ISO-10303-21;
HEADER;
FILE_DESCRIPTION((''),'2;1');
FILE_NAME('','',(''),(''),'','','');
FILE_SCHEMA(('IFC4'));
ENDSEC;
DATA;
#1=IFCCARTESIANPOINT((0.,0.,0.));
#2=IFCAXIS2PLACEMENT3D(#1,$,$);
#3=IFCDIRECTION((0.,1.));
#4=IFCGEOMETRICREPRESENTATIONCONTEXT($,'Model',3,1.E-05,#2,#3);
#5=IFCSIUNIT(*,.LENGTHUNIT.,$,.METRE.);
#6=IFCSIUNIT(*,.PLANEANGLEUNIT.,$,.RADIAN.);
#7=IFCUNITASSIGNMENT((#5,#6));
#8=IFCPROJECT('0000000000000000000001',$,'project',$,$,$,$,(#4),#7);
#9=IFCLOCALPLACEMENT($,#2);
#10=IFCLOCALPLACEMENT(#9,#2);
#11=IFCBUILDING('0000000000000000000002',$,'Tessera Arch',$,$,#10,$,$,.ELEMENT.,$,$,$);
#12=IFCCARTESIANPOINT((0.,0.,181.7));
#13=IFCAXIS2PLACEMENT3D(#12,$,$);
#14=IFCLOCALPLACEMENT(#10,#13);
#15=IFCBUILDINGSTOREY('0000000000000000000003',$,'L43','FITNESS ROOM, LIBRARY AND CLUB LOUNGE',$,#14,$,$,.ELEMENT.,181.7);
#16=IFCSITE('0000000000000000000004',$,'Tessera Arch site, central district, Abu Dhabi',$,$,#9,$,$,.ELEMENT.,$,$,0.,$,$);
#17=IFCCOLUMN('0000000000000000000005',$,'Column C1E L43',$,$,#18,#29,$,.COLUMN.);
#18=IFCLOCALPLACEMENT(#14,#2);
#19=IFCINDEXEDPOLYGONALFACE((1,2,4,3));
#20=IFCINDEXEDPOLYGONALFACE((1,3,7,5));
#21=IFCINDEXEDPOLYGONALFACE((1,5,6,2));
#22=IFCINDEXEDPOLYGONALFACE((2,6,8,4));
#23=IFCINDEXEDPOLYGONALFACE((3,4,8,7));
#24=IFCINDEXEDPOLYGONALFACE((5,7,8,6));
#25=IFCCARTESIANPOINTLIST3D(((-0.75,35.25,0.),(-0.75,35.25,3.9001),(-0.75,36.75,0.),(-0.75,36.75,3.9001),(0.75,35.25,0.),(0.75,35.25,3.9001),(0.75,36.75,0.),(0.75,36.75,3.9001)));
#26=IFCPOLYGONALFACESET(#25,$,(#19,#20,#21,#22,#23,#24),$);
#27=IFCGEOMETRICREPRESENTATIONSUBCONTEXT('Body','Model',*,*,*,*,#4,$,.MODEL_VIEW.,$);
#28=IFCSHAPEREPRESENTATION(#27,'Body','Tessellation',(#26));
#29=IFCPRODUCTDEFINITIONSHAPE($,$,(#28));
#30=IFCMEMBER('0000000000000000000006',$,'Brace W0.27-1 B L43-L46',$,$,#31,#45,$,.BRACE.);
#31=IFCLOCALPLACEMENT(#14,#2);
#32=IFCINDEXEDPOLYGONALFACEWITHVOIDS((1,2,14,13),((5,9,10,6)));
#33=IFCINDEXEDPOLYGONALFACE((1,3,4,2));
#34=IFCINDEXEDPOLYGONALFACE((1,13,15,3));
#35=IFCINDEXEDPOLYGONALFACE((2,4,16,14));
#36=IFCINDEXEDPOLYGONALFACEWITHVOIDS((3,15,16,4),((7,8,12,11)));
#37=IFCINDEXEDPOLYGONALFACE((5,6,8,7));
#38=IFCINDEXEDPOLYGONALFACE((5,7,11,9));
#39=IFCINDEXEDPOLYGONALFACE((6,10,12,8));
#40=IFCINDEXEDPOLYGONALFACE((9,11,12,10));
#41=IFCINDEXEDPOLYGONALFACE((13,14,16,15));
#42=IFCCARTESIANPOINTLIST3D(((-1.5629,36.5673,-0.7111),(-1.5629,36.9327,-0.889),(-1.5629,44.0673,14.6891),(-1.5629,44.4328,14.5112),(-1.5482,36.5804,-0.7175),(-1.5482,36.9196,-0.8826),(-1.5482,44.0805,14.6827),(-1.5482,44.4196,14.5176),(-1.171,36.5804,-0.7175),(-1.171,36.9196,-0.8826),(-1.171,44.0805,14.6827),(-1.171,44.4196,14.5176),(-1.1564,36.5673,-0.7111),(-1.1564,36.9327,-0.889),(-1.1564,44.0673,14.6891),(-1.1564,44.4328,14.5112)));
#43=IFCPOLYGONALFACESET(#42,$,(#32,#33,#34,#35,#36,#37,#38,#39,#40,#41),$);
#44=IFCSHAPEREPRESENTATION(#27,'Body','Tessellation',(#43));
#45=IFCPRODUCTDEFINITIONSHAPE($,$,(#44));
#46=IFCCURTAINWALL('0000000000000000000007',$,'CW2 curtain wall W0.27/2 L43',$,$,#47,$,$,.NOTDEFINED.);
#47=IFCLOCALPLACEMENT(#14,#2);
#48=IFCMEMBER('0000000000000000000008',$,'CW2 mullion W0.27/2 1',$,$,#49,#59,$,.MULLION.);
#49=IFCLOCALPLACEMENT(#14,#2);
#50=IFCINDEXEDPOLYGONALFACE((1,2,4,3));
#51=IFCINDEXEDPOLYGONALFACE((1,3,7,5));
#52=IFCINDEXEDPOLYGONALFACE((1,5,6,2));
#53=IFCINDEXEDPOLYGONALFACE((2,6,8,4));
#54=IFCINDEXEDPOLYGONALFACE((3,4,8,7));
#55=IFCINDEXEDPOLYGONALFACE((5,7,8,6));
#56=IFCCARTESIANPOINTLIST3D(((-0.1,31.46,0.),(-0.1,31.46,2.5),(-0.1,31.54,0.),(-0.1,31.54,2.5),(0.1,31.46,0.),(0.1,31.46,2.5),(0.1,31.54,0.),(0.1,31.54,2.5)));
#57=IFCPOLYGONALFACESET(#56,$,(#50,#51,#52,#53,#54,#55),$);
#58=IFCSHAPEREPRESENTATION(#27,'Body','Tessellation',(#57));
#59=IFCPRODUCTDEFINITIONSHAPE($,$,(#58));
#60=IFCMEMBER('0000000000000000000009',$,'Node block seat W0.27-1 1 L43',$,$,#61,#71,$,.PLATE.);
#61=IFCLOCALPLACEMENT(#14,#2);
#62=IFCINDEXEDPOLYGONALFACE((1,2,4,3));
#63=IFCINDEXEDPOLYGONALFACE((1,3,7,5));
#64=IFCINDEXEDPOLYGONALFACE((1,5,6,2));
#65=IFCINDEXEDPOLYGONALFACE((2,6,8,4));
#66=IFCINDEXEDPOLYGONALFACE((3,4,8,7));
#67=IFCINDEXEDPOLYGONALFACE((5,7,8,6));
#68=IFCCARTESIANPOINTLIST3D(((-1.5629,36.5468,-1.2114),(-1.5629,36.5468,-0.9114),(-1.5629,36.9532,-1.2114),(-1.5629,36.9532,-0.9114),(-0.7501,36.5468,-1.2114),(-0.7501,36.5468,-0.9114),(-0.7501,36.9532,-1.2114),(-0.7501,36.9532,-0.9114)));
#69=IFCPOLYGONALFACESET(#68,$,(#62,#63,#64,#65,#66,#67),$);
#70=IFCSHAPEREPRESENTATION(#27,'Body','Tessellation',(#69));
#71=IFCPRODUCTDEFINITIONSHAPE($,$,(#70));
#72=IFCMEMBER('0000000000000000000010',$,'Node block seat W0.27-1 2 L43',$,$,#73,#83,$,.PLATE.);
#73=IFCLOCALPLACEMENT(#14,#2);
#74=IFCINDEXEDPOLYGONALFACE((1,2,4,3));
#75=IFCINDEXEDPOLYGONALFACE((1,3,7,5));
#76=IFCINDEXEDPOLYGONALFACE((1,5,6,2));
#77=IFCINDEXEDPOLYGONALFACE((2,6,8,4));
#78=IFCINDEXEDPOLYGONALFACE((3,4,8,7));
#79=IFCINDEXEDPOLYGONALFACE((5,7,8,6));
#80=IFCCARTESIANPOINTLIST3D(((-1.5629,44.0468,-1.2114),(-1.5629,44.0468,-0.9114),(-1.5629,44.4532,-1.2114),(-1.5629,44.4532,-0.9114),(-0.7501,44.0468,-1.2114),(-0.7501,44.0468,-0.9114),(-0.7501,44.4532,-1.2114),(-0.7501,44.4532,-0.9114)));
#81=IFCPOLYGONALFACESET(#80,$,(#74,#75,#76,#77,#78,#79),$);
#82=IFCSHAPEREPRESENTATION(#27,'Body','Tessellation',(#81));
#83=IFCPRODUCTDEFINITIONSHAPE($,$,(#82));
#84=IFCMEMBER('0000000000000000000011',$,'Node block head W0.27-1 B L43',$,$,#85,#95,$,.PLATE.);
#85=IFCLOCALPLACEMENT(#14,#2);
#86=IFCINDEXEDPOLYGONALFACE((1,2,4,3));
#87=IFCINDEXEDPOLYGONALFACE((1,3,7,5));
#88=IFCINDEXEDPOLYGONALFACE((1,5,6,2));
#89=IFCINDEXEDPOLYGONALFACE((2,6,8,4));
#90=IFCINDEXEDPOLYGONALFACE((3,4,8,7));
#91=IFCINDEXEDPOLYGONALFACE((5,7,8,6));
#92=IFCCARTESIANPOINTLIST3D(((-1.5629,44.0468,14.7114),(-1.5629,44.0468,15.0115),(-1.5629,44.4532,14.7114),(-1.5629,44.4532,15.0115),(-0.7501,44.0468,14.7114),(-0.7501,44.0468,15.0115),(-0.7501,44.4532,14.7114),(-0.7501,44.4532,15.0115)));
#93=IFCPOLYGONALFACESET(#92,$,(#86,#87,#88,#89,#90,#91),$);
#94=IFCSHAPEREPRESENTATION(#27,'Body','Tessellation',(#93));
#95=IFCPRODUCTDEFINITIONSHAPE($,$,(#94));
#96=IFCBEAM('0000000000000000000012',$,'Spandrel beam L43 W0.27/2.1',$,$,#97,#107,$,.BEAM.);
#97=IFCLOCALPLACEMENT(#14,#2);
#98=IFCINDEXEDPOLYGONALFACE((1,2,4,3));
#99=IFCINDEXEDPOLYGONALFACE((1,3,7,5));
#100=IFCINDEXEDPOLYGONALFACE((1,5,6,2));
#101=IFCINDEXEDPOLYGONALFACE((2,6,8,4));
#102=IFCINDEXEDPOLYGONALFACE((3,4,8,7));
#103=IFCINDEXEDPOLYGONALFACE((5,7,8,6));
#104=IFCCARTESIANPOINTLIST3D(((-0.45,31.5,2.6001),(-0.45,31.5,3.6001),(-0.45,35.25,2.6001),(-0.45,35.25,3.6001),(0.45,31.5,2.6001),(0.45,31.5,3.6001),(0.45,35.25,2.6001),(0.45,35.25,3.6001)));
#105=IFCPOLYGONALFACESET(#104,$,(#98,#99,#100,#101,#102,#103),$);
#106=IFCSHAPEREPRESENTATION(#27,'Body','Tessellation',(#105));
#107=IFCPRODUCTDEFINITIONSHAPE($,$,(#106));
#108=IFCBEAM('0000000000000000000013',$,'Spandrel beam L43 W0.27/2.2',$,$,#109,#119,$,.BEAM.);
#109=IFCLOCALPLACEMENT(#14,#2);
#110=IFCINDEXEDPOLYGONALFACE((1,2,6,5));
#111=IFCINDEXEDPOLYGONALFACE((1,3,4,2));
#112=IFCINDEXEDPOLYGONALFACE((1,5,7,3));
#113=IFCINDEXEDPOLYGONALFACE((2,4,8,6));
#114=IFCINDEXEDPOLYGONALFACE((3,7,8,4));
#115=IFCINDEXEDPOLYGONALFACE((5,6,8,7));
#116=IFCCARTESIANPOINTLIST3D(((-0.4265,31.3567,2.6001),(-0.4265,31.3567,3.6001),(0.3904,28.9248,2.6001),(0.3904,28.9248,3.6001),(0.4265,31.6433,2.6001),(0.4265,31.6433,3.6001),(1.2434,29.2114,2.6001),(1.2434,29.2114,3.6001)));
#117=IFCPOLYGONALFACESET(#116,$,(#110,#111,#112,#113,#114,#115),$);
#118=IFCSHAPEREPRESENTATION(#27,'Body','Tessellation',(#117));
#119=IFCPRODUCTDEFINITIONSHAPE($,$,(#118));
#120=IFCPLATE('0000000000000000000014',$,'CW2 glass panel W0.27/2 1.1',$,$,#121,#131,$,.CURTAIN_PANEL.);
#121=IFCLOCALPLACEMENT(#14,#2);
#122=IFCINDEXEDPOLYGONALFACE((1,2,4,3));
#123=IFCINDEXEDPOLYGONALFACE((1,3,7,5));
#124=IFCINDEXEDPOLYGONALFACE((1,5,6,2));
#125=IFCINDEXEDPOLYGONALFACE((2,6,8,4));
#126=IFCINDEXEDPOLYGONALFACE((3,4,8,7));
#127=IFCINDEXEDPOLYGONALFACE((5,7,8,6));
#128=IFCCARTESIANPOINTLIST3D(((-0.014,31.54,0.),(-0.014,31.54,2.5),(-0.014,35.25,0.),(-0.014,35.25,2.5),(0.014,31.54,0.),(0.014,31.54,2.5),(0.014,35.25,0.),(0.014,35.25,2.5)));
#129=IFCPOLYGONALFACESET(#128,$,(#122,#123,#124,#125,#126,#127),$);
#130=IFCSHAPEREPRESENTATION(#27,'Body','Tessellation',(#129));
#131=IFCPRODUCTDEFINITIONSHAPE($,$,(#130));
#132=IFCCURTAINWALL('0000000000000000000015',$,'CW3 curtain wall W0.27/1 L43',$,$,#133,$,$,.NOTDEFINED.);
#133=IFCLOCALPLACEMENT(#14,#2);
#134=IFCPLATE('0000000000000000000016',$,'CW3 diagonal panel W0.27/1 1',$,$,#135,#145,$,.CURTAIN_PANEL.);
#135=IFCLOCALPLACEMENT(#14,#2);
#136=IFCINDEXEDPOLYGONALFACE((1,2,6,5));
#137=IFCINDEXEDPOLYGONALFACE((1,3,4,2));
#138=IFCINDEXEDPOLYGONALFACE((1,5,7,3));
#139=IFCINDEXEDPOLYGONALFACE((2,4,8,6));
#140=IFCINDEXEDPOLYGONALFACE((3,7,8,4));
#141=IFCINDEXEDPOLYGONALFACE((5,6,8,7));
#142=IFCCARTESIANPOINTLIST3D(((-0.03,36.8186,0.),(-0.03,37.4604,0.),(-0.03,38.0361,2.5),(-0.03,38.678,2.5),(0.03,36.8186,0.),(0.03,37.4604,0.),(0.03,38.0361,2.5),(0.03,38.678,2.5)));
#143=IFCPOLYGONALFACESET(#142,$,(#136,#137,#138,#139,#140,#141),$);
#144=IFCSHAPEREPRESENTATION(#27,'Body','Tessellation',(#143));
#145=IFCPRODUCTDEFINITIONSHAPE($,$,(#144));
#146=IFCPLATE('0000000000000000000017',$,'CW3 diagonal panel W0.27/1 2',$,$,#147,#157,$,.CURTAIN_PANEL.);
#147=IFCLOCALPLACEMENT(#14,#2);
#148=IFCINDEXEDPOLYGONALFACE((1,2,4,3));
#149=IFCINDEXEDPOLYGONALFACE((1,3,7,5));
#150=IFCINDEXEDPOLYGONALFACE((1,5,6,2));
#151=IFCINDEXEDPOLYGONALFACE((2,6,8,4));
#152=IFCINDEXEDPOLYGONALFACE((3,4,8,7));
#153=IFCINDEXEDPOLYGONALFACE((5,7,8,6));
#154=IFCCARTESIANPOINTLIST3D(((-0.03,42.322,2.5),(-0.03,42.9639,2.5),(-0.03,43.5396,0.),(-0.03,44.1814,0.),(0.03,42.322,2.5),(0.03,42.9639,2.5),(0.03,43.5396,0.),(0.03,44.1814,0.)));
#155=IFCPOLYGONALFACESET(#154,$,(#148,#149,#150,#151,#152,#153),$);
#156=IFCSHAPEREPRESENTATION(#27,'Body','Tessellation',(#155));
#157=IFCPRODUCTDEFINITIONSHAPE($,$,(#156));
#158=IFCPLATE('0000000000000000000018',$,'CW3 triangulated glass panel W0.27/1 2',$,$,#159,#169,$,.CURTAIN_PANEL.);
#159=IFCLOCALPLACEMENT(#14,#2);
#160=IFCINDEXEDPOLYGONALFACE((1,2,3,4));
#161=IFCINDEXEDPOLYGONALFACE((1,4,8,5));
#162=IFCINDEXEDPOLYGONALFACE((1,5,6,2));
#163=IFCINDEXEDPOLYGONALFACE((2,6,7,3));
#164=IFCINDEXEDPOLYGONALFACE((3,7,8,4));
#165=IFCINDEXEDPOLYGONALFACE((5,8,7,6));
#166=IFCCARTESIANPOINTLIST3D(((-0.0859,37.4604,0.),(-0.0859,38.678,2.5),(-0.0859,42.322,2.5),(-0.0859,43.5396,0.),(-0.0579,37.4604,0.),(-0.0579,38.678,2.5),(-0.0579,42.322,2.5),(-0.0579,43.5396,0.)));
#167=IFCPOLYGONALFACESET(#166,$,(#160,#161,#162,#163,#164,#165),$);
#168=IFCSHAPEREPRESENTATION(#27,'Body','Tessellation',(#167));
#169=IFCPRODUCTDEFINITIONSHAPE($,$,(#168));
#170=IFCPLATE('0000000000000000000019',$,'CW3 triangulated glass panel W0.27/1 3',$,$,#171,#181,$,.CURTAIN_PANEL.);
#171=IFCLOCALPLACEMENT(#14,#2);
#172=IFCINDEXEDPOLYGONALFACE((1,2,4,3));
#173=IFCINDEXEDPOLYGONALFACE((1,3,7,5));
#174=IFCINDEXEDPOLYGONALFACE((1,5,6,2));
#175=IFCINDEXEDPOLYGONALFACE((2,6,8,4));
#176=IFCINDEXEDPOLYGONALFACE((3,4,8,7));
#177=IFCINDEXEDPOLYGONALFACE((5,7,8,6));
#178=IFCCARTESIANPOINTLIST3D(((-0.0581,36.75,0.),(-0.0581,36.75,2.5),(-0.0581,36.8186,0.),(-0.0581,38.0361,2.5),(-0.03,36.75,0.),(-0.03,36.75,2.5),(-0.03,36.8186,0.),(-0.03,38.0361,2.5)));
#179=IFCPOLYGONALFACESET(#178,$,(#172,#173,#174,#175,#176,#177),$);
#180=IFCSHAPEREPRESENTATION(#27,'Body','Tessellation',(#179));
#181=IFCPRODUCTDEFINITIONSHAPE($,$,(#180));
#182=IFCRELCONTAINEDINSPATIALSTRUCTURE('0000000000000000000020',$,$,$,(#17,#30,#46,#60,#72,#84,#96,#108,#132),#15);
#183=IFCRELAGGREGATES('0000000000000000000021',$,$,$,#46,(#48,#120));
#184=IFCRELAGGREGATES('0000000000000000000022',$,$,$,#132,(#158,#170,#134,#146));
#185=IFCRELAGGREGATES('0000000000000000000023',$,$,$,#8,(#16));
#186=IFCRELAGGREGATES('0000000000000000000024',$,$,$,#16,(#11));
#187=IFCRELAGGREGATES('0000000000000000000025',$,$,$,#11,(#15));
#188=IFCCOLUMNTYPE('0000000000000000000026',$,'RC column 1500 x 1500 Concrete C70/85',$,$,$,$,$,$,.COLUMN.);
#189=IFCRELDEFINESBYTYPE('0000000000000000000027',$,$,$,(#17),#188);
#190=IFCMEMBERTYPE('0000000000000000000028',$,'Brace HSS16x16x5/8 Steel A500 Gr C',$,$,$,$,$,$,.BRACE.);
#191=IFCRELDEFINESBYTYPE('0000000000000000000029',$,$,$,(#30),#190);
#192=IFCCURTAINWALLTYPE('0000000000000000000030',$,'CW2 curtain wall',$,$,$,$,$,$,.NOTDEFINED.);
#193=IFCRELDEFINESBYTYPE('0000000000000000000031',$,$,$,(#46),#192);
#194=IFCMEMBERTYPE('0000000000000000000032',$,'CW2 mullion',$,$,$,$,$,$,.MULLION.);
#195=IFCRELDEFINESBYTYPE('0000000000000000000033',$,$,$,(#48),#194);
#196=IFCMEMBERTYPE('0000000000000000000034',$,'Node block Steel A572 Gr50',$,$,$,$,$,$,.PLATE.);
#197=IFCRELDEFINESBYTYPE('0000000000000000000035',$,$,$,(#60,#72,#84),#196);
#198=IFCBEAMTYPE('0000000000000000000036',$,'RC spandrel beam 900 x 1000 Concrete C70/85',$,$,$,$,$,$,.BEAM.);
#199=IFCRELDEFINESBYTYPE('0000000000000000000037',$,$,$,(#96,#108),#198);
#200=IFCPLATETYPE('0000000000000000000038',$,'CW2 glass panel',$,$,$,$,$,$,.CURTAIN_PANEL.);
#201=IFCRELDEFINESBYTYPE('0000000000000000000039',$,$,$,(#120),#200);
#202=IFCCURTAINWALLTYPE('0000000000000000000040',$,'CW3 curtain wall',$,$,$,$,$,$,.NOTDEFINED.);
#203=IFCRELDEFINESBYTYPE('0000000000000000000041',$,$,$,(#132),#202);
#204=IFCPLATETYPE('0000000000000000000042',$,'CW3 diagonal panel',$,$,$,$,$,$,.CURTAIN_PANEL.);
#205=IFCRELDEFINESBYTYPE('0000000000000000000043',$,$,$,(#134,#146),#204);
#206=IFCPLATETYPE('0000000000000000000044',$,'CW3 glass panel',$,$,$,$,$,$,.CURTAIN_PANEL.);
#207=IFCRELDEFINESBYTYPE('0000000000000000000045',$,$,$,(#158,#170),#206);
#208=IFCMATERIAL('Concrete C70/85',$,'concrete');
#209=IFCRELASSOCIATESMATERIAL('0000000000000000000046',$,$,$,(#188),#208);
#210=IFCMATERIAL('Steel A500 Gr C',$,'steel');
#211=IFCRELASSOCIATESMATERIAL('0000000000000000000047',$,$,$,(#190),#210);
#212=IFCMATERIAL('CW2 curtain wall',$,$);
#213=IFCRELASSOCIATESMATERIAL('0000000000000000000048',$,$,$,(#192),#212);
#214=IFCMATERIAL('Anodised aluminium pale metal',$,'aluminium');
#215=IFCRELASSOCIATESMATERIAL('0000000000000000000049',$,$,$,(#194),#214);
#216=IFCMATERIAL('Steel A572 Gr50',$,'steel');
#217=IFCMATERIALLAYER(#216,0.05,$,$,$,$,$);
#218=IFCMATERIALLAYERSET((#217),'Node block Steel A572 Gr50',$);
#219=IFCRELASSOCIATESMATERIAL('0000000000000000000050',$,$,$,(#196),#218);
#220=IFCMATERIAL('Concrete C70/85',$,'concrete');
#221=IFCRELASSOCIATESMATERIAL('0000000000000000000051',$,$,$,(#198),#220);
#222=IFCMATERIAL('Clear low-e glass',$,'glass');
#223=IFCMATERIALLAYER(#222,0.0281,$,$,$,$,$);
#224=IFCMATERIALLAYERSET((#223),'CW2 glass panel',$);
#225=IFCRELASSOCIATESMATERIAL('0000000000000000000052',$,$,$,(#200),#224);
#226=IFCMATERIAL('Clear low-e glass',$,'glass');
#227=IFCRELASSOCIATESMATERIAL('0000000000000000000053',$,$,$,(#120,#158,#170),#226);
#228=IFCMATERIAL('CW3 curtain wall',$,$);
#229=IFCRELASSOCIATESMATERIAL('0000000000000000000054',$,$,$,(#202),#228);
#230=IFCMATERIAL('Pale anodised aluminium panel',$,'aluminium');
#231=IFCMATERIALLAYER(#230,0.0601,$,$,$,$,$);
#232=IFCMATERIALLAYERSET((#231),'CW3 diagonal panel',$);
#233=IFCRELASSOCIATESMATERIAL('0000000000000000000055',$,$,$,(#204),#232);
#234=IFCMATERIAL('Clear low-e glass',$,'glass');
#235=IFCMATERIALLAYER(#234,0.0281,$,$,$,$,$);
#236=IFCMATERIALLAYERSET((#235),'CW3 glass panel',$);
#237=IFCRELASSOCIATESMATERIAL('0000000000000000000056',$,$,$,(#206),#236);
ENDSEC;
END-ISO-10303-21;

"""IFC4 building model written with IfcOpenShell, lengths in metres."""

from ifc_helpers import new_model, si_unit, direction, frame, origin, origin_2d, place, context, subcontext, project, spatial, polyline, rectangle, hollow_rectangle, outline, extrude, material, layer, layer_set, material_profile, profile_set, type_object, element, aggregate, save


model = new_model("IFC4")

# Units and contexts
model_context = context("Model", 3, precision=1e-05, world=origin(), true_north=direction((0.0, 1.0)))
body_context = subcontext(model_context, "Body", "Model", "MODEL_VIEW")
ifc_project = project(units=[si_unit("LENGTHUNIT", "METRE"), si_unit("PLANEANGLEUNIT", "RADIAN")], contexts=[model_context])

# Site, building, storey
site_placement = place(None, origin())
site = spatial("IfcSite", under=ifc_project, at=site_placement, Name="Tessera Arch site, central district, Abu Dhabi", CompositionType="ELEMENT", RefElevation=0.0)
building_placement = place(site_placement, origin())
building = spatial("IfcBuilding", under=site, at=building_placement, Name="Tessera Arch", CompositionType="ELEMENT")
storey_placement = place(building_placement, frame((0.0, 0.0, 181.7)))
storey = spatial("IfcBuildingStorey", under=building, at=storey_placement, Name="L43", Description="FITNESS ROOM, LIBRARY AND CLUB LOUNGE", CompositionType="ELEMENT", Elevation=181.7)

# Column
ifc_material_1 = material(Name="Concrete C70/85", Category="concrete")
ifc_material_profile_1 = material_profile(ifc_material_1, rectangle(XDim=1.5, YDim=1.5, at=origin_2d()), Name="RC column 1500 x 1500 Concrete C70/85")
ifc_profile_set_1 = profile_set([ifc_material_profile_1], Name="Concrete C70/85")
column_type = type_object("IfcColumnType", Name="RC column 1500 x 1500 Concrete C70/85", PredefinedType="COLUMN", material=ifc_profile_set_1)
column_placement = place(storey_placement, frame((0.0, 36.0, 0.0), z_axis=(0.0, 0.0, 1.0), x_axis=(1.0, 0.0, 0.0)))
element("IfcColumn", 1, at=column_placement, inside=storey, type_object=column_type, Name="Column C1E L43", PredefinedType="COLUMN", context=body_context, shape_type="SweptSolid", body=[
    extrude(rectangle(XDim=1.5, YDim=1.5, at=origin_2d()), origin(), (0.0, 0.0, 1.0), 3.9001),
])

# Member
ifc_material_2 = material(Name="Steel A500 Gr C", Category="steel")
ifc_material_profile_2 = material_profile(ifc_material_2, hollow_rectangle(XDim=0.4065, YDim=0.4065, WallThickness=0.0146, at=origin_2d()), Name="HSS16x16x5/8")
ifc_profile_set_2 = profile_set([ifc_material_profile_2], Name="Steel A500 Gr C")
member_type_1 = type_object("IfcMemberType", Name="Brace HSS16x16x5/8 Steel A500 Gr C", PredefinedType="BRACE", material=ifc_profile_set_2)
member_1_placement = place(storey_placement, frame((-1.3596, 36.75, -0.8), z_axis=(0.0, 0.437845, 0.89905), x_axis=(-1.0, 0.0, 0.0)))
element("IfcMember", 2, at=member_1_placement, inside=storey, type_object=member_type_1, Name="Brace W0.27-1 B L43-L46", PredefinedType="BRACE", context=body_context, shape_type="SweptSolid", body=[
    extrude(hollow_rectangle(XDim=0.4065, YDim=0.4065, WallThickness=0.0146, at=origin_2d()), origin(), (0.0, 0.0, 1.0), 17.1294),
])

# Curtain wall, member
ifc_material_3 = material(Name="CW2 curtain wall")
curtain_wall_type_1 = type_object("IfcCurtainWallType", Name="CW2 curtain wall", PredefinedType="NOTDEFINED", material=ifc_material_3)
curtain_wall_1_placement = place(storey_placement, origin())
curtain_wall_1 = element("IfcCurtainWall", 3, at=curtain_wall_1_placement, inside=storey, type_object=curtain_wall_type_1, Name="CW2 curtain wall W0.27/2 L43", PredefinedType="NOTDEFINED")
ifc_material_4 = material(Name="Anodised aluminium pale metal", Category="aluminium")
ifc_material_profile_3 = material_profile(ifc_material_4, rectangle(XDim=0.2, YDim=0.0801, at=origin_2d()), Name="AL 80x200")
ifc_profile_set_3 = profile_set([ifc_material_profile_3], Name="Anodised aluminium pale metal")
member_type_2 = type_object("IfcMemberType", Name="CW2 mullion", PredefinedType="MULLION", material=ifc_profile_set_3)
member_2_placement = place(storey_placement, frame((0.0, 31.5, 0.0), z_axis=(0.0, 0.0, 1.0), x_axis=(1.0, 0.0, 0.0)))
member_2 = element("IfcMember", 4, at=member_2_placement, type_object=member_type_2, Name="CW2 mullion W0.27/2 1", PredefinedType="MULLION", context=body_context, shape_type="SweptSolid", body=[
    extrude(rectangle(XDim=0.2, YDim=0.0801, at=origin_2d()), origin(), (0.0, 0.0, 1.0), 2.5),
])

# Members
ifc_material_5 = material(Name="Steel A572 Gr50", Category="steel")
ifc_layer_1 = layer(ifc_material_5, 0.05)
ifc_layer_set_1 = layer_set([ifc_layer_1], Name="Node block Steel A572 Gr50")
member_type_3 = type_object("IfcMemberType", Name="Node block Steel A572 Gr50", PredefinedType="PLATE", material=ifc_layer_set_1)
for number, where, z_axis, x_axis, name in (
    (5, (-1.1565, 36.75, -1.2114), (0.0, 0.0, 1.0), (0.0, -1.0, 0.0), "Node block seat W0.27-1 1 L43"),
    (6, (-1.1565, 44.25, -1.2114), (0.0, 0.0, 1.0), (0.0, -1.0, 0.0), "Node block seat W0.27-1 2 L43"),
    (7, (-1.1565, 44.25, 14.7114), (0.0, 0.0, 1.0), (0.0, -1.0, 0.0), "Node block head W0.27-1 B L43"),
):
    element("IfcMember", number, at=place(storey_placement, frame(where, z_axis=z_axis, x_axis=x_axis)), inside=storey, type_object=member_type_3, Name=name, PredefinedType="PLATE", context=body_context, shape_type="SweptSolid", body=[
        extrude(rectangle(XDim=0.4065, YDim=0.8127, at=origin_2d()), origin(), (0.0, 0.0, 1.0), 0.3),
    ])

# Beams
ifc_material_6 = material(Name="Concrete C70/85", Category="concrete")
ifc_material_profile_4 = material_profile(ifc_material_6, rectangle(XDim=0.8999, YDim=1.0, at=origin_2d()), Name="RC spandrel beam 900 x 1000 Concrete C70/85")
ifc_profile_set_4 = profile_set([ifc_material_profile_4], Name="Concrete C70/85")
beam_type = type_object("IfcBeamType", Name="RC spandrel beam 900 x 1000 Concrete C70/85", PredefinedType="BEAM", material=ifc_profile_set_4)
beam_1_placement = place(storey_placement, frame((0.0, 35.25, 3.1001), z_axis=(0.0, -1.0, 0.0), x_axis=(1.0, 0.0, 0.0)))
element("IfcBeam", 8, at=beam_1_placement, inside=storey, type_object=beam_type, Name="Spandrel beam L43 W0.27/2.1", PredefinedType="BEAM", context=body_context, shape_type="SweptSolid", body=[
    extrude(rectangle(XDim=0.8999, YDim=1.0, at=origin_2d()), origin(), (0.0, 0.0, 1.0), 3.75),
])
beam_2_placement = place(storey_placement, frame((0.0, 31.5, 3.1001), z_axis=(0.318425, -0.947948, 0.0), x_axis=(0.947948, 0.318425, 0.0)))
element("IfcBeam", 9, at=beam_2_placement, inside=storey, type_object=beam_type, Name="Spandrel beam L43 W0.27/2.2", PredefinedType="BEAM", context=body_context, shape_type="SweptSolid", body=[
    extrude(rectangle(XDim=0.8999, YDim=1.0, at=origin_2d()), origin(), (0.0, 0.0, 1.0), 2.5654),
])

# Plate
ifc_material_7 = material(Name="Clear low-e glass", Category="glass")
ifc_material_8 = material(Name="Clear low-e glass", Category="glass")
ifc_layer_2 = layer(ifc_material_8, 0.0281)
ifc_layer_set_2 = layer_set([ifc_layer_2], Name="CW2 glass panel")
plate_type_1 = type_object("IfcPlateType", Name="CW2 glass panel", PredefinedType="CURTAIN_PANEL", material=ifc_layer_set_2)
plate_1_placement = place(storey_placement, frame((0.0, 33.395, 0.0), z_axis=(0.0, 0.0, 1.0), x_axis=(0.0, -1.0, 0.0)))
plate_1 = element("IfcPlate", 10, at=plate_1_placement, type_object=plate_type_1, material=ifc_material_7, Name="CW2 glass panel W0.27/2 1.1", PredefinedType="CURTAIN_PANEL", context=body_context, shape_type="SweptSolid", body=[
    extrude(rectangle(XDim=3.71, YDim=0.0281, at=origin_2d()), origin(), (0.0, 0.0, 1.0), 2.5),
])
aggregate(curtain_wall_1, [member_2, plate_1])

# Curtain wall, plates
ifc_material_9 = material(Name="CW3 curtain wall")
curtain_wall_type_2 = type_object("IfcCurtainWallType", Name="CW3 curtain wall", PredefinedType="NOTDEFINED", material=ifc_material_9)
curtain_wall_2_placement = place(storey_placement, origin())
curtain_wall_2 = element("IfcCurtainWall", 11, at=curtain_wall_2_placement, inside=storey, type_object=curtain_wall_type_2, Name="CW3 curtain wall W0.27/1 L43", PredefinedType="NOTDEFINED")
ifc_material_10 = material(Name="Pale anodised aluminium panel", Category="aluminium")
ifc_layer_3 = layer(ifc_material_10, 0.0601)
ifc_layer_set_3 = layer_set([ifc_layer_3], Name="CW3 diagonal panel")
plate_type_2 = type_object("IfcPlateType", Name="CW3 diagonal panel", PredefinedType="CURTAIN_PANEL", material=ifc_layer_set_3)
plate_2_placement = place(storey_placement, frame((-0.03, 38.0361, 2.5), z_axis=(-1.0, 0.0, 0.0), x_axis=(0.0, 1.0, 0.0)))
plate_2 = element("IfcPlate", 12, at=plate_2_placement, type_object=plate_type_2, Name="CW3 diagonal panel W0.27/1 1", PredefinedType="CURTAIN_PANEL", context=body_context, shape_type="SweptSolid", body=[
    extrude(outline(polyline([(0.0, 0.0), (0.6418, 0.0), (-0.5757, 2.5), (-1.2175, 2.5), (0.0, 0.0)])), origin(), (0.0, 0.0, -1.0), 0.0601),
])
plate_3_placement = place(storey_placement, frame((-0.03, 42.322, 2.5), z_axis=(-1.0, 0.0, 0.0), x_axis=(0.0, 1.0, 0.0)))
plate_3 = element("IfcPlate", 13, at=plate_3_placement, type_object=plate_type_2, Name="CW3 diagonal panel W0.27/1 2", PredefinedType="CURTAIN_PANEL", context=body_context, shape_type="SweptSolid", body=[
    extrude(outline(polyline([(0.0, 0.0), (0.6418, 0.0), (1.8594, 2.5), (1.2175, 2.5), (0.0, 0.0)])), origin(), (0.0, 0.0, -1.0), 0.0601),
])
ifc_material_11 = material(Name="Clear low-e glass", Category="glass")
ifc_layer_4 = layer(ifc_material_11, 0.0281)
ifc_layer_set_4 = layer_set([ifc_layer_4], Name="CW3 glass panel")
plate_type_3 = type_object("IfcPlateType", Name="CW3 glass panel", PredefinedType="CURTAIN_PANEL", material=ifc_layer_set_4)
plate_4_placement = place(storey_placement, frame((-0.0859, 38.678, 2.5), z_axis=(-1.0, 0.0, 0.0), x_axis=(0.0, 1.0, 0.0)))
plate_4 = element("IfcPlate", 14, at=plate_4_placement, type_object=plate_type_3, material=ifc_material_7, Name="CW3 triangulated glass panel W0.27/1 2", PredefinedType="CURTAIN_PANEL", context=body_context, shape_type="SweptSolid", body=[
    extrude(outline(polyline([(0.0, 0.0), (3.644, 0.0), (4.8616, 2.5), (-1.2175, 2.5), (0.0, 0.0)])), origin(), (0.0, 0.0, -1.0), 0.0281),
])
plate_5_placement = place(storey_placement, frame((-0.0581, 36.75, 2.5), z_axis=(-1.0, 0.0, 0.0), x_axis=(0.0, 1.0, 0.0)))
plate_5 = element("IfcPlate", 15, at=plate_5_placement, type_object=plate_type_3, material=ifc_material_7, Name="CW3 triangulated glass panel W0.27/1 3", PredefinedType="CURTAIN_PANEL", context=body_context, shape_type="SweptSolid", body=[
    extrude(outline(polyline([(0.0, 0.0), (1.2861, 0.0), (0.0686, 2.5), (0.0, 2.5), (0.0, 0.0)])), origin(), (0.0, 0.0, -1.0), 0.0281),
])
aggregate(curtain_wall_2, [plate_4, plate_5, plate_2, plate_3])

save(model, "model.ifc")
